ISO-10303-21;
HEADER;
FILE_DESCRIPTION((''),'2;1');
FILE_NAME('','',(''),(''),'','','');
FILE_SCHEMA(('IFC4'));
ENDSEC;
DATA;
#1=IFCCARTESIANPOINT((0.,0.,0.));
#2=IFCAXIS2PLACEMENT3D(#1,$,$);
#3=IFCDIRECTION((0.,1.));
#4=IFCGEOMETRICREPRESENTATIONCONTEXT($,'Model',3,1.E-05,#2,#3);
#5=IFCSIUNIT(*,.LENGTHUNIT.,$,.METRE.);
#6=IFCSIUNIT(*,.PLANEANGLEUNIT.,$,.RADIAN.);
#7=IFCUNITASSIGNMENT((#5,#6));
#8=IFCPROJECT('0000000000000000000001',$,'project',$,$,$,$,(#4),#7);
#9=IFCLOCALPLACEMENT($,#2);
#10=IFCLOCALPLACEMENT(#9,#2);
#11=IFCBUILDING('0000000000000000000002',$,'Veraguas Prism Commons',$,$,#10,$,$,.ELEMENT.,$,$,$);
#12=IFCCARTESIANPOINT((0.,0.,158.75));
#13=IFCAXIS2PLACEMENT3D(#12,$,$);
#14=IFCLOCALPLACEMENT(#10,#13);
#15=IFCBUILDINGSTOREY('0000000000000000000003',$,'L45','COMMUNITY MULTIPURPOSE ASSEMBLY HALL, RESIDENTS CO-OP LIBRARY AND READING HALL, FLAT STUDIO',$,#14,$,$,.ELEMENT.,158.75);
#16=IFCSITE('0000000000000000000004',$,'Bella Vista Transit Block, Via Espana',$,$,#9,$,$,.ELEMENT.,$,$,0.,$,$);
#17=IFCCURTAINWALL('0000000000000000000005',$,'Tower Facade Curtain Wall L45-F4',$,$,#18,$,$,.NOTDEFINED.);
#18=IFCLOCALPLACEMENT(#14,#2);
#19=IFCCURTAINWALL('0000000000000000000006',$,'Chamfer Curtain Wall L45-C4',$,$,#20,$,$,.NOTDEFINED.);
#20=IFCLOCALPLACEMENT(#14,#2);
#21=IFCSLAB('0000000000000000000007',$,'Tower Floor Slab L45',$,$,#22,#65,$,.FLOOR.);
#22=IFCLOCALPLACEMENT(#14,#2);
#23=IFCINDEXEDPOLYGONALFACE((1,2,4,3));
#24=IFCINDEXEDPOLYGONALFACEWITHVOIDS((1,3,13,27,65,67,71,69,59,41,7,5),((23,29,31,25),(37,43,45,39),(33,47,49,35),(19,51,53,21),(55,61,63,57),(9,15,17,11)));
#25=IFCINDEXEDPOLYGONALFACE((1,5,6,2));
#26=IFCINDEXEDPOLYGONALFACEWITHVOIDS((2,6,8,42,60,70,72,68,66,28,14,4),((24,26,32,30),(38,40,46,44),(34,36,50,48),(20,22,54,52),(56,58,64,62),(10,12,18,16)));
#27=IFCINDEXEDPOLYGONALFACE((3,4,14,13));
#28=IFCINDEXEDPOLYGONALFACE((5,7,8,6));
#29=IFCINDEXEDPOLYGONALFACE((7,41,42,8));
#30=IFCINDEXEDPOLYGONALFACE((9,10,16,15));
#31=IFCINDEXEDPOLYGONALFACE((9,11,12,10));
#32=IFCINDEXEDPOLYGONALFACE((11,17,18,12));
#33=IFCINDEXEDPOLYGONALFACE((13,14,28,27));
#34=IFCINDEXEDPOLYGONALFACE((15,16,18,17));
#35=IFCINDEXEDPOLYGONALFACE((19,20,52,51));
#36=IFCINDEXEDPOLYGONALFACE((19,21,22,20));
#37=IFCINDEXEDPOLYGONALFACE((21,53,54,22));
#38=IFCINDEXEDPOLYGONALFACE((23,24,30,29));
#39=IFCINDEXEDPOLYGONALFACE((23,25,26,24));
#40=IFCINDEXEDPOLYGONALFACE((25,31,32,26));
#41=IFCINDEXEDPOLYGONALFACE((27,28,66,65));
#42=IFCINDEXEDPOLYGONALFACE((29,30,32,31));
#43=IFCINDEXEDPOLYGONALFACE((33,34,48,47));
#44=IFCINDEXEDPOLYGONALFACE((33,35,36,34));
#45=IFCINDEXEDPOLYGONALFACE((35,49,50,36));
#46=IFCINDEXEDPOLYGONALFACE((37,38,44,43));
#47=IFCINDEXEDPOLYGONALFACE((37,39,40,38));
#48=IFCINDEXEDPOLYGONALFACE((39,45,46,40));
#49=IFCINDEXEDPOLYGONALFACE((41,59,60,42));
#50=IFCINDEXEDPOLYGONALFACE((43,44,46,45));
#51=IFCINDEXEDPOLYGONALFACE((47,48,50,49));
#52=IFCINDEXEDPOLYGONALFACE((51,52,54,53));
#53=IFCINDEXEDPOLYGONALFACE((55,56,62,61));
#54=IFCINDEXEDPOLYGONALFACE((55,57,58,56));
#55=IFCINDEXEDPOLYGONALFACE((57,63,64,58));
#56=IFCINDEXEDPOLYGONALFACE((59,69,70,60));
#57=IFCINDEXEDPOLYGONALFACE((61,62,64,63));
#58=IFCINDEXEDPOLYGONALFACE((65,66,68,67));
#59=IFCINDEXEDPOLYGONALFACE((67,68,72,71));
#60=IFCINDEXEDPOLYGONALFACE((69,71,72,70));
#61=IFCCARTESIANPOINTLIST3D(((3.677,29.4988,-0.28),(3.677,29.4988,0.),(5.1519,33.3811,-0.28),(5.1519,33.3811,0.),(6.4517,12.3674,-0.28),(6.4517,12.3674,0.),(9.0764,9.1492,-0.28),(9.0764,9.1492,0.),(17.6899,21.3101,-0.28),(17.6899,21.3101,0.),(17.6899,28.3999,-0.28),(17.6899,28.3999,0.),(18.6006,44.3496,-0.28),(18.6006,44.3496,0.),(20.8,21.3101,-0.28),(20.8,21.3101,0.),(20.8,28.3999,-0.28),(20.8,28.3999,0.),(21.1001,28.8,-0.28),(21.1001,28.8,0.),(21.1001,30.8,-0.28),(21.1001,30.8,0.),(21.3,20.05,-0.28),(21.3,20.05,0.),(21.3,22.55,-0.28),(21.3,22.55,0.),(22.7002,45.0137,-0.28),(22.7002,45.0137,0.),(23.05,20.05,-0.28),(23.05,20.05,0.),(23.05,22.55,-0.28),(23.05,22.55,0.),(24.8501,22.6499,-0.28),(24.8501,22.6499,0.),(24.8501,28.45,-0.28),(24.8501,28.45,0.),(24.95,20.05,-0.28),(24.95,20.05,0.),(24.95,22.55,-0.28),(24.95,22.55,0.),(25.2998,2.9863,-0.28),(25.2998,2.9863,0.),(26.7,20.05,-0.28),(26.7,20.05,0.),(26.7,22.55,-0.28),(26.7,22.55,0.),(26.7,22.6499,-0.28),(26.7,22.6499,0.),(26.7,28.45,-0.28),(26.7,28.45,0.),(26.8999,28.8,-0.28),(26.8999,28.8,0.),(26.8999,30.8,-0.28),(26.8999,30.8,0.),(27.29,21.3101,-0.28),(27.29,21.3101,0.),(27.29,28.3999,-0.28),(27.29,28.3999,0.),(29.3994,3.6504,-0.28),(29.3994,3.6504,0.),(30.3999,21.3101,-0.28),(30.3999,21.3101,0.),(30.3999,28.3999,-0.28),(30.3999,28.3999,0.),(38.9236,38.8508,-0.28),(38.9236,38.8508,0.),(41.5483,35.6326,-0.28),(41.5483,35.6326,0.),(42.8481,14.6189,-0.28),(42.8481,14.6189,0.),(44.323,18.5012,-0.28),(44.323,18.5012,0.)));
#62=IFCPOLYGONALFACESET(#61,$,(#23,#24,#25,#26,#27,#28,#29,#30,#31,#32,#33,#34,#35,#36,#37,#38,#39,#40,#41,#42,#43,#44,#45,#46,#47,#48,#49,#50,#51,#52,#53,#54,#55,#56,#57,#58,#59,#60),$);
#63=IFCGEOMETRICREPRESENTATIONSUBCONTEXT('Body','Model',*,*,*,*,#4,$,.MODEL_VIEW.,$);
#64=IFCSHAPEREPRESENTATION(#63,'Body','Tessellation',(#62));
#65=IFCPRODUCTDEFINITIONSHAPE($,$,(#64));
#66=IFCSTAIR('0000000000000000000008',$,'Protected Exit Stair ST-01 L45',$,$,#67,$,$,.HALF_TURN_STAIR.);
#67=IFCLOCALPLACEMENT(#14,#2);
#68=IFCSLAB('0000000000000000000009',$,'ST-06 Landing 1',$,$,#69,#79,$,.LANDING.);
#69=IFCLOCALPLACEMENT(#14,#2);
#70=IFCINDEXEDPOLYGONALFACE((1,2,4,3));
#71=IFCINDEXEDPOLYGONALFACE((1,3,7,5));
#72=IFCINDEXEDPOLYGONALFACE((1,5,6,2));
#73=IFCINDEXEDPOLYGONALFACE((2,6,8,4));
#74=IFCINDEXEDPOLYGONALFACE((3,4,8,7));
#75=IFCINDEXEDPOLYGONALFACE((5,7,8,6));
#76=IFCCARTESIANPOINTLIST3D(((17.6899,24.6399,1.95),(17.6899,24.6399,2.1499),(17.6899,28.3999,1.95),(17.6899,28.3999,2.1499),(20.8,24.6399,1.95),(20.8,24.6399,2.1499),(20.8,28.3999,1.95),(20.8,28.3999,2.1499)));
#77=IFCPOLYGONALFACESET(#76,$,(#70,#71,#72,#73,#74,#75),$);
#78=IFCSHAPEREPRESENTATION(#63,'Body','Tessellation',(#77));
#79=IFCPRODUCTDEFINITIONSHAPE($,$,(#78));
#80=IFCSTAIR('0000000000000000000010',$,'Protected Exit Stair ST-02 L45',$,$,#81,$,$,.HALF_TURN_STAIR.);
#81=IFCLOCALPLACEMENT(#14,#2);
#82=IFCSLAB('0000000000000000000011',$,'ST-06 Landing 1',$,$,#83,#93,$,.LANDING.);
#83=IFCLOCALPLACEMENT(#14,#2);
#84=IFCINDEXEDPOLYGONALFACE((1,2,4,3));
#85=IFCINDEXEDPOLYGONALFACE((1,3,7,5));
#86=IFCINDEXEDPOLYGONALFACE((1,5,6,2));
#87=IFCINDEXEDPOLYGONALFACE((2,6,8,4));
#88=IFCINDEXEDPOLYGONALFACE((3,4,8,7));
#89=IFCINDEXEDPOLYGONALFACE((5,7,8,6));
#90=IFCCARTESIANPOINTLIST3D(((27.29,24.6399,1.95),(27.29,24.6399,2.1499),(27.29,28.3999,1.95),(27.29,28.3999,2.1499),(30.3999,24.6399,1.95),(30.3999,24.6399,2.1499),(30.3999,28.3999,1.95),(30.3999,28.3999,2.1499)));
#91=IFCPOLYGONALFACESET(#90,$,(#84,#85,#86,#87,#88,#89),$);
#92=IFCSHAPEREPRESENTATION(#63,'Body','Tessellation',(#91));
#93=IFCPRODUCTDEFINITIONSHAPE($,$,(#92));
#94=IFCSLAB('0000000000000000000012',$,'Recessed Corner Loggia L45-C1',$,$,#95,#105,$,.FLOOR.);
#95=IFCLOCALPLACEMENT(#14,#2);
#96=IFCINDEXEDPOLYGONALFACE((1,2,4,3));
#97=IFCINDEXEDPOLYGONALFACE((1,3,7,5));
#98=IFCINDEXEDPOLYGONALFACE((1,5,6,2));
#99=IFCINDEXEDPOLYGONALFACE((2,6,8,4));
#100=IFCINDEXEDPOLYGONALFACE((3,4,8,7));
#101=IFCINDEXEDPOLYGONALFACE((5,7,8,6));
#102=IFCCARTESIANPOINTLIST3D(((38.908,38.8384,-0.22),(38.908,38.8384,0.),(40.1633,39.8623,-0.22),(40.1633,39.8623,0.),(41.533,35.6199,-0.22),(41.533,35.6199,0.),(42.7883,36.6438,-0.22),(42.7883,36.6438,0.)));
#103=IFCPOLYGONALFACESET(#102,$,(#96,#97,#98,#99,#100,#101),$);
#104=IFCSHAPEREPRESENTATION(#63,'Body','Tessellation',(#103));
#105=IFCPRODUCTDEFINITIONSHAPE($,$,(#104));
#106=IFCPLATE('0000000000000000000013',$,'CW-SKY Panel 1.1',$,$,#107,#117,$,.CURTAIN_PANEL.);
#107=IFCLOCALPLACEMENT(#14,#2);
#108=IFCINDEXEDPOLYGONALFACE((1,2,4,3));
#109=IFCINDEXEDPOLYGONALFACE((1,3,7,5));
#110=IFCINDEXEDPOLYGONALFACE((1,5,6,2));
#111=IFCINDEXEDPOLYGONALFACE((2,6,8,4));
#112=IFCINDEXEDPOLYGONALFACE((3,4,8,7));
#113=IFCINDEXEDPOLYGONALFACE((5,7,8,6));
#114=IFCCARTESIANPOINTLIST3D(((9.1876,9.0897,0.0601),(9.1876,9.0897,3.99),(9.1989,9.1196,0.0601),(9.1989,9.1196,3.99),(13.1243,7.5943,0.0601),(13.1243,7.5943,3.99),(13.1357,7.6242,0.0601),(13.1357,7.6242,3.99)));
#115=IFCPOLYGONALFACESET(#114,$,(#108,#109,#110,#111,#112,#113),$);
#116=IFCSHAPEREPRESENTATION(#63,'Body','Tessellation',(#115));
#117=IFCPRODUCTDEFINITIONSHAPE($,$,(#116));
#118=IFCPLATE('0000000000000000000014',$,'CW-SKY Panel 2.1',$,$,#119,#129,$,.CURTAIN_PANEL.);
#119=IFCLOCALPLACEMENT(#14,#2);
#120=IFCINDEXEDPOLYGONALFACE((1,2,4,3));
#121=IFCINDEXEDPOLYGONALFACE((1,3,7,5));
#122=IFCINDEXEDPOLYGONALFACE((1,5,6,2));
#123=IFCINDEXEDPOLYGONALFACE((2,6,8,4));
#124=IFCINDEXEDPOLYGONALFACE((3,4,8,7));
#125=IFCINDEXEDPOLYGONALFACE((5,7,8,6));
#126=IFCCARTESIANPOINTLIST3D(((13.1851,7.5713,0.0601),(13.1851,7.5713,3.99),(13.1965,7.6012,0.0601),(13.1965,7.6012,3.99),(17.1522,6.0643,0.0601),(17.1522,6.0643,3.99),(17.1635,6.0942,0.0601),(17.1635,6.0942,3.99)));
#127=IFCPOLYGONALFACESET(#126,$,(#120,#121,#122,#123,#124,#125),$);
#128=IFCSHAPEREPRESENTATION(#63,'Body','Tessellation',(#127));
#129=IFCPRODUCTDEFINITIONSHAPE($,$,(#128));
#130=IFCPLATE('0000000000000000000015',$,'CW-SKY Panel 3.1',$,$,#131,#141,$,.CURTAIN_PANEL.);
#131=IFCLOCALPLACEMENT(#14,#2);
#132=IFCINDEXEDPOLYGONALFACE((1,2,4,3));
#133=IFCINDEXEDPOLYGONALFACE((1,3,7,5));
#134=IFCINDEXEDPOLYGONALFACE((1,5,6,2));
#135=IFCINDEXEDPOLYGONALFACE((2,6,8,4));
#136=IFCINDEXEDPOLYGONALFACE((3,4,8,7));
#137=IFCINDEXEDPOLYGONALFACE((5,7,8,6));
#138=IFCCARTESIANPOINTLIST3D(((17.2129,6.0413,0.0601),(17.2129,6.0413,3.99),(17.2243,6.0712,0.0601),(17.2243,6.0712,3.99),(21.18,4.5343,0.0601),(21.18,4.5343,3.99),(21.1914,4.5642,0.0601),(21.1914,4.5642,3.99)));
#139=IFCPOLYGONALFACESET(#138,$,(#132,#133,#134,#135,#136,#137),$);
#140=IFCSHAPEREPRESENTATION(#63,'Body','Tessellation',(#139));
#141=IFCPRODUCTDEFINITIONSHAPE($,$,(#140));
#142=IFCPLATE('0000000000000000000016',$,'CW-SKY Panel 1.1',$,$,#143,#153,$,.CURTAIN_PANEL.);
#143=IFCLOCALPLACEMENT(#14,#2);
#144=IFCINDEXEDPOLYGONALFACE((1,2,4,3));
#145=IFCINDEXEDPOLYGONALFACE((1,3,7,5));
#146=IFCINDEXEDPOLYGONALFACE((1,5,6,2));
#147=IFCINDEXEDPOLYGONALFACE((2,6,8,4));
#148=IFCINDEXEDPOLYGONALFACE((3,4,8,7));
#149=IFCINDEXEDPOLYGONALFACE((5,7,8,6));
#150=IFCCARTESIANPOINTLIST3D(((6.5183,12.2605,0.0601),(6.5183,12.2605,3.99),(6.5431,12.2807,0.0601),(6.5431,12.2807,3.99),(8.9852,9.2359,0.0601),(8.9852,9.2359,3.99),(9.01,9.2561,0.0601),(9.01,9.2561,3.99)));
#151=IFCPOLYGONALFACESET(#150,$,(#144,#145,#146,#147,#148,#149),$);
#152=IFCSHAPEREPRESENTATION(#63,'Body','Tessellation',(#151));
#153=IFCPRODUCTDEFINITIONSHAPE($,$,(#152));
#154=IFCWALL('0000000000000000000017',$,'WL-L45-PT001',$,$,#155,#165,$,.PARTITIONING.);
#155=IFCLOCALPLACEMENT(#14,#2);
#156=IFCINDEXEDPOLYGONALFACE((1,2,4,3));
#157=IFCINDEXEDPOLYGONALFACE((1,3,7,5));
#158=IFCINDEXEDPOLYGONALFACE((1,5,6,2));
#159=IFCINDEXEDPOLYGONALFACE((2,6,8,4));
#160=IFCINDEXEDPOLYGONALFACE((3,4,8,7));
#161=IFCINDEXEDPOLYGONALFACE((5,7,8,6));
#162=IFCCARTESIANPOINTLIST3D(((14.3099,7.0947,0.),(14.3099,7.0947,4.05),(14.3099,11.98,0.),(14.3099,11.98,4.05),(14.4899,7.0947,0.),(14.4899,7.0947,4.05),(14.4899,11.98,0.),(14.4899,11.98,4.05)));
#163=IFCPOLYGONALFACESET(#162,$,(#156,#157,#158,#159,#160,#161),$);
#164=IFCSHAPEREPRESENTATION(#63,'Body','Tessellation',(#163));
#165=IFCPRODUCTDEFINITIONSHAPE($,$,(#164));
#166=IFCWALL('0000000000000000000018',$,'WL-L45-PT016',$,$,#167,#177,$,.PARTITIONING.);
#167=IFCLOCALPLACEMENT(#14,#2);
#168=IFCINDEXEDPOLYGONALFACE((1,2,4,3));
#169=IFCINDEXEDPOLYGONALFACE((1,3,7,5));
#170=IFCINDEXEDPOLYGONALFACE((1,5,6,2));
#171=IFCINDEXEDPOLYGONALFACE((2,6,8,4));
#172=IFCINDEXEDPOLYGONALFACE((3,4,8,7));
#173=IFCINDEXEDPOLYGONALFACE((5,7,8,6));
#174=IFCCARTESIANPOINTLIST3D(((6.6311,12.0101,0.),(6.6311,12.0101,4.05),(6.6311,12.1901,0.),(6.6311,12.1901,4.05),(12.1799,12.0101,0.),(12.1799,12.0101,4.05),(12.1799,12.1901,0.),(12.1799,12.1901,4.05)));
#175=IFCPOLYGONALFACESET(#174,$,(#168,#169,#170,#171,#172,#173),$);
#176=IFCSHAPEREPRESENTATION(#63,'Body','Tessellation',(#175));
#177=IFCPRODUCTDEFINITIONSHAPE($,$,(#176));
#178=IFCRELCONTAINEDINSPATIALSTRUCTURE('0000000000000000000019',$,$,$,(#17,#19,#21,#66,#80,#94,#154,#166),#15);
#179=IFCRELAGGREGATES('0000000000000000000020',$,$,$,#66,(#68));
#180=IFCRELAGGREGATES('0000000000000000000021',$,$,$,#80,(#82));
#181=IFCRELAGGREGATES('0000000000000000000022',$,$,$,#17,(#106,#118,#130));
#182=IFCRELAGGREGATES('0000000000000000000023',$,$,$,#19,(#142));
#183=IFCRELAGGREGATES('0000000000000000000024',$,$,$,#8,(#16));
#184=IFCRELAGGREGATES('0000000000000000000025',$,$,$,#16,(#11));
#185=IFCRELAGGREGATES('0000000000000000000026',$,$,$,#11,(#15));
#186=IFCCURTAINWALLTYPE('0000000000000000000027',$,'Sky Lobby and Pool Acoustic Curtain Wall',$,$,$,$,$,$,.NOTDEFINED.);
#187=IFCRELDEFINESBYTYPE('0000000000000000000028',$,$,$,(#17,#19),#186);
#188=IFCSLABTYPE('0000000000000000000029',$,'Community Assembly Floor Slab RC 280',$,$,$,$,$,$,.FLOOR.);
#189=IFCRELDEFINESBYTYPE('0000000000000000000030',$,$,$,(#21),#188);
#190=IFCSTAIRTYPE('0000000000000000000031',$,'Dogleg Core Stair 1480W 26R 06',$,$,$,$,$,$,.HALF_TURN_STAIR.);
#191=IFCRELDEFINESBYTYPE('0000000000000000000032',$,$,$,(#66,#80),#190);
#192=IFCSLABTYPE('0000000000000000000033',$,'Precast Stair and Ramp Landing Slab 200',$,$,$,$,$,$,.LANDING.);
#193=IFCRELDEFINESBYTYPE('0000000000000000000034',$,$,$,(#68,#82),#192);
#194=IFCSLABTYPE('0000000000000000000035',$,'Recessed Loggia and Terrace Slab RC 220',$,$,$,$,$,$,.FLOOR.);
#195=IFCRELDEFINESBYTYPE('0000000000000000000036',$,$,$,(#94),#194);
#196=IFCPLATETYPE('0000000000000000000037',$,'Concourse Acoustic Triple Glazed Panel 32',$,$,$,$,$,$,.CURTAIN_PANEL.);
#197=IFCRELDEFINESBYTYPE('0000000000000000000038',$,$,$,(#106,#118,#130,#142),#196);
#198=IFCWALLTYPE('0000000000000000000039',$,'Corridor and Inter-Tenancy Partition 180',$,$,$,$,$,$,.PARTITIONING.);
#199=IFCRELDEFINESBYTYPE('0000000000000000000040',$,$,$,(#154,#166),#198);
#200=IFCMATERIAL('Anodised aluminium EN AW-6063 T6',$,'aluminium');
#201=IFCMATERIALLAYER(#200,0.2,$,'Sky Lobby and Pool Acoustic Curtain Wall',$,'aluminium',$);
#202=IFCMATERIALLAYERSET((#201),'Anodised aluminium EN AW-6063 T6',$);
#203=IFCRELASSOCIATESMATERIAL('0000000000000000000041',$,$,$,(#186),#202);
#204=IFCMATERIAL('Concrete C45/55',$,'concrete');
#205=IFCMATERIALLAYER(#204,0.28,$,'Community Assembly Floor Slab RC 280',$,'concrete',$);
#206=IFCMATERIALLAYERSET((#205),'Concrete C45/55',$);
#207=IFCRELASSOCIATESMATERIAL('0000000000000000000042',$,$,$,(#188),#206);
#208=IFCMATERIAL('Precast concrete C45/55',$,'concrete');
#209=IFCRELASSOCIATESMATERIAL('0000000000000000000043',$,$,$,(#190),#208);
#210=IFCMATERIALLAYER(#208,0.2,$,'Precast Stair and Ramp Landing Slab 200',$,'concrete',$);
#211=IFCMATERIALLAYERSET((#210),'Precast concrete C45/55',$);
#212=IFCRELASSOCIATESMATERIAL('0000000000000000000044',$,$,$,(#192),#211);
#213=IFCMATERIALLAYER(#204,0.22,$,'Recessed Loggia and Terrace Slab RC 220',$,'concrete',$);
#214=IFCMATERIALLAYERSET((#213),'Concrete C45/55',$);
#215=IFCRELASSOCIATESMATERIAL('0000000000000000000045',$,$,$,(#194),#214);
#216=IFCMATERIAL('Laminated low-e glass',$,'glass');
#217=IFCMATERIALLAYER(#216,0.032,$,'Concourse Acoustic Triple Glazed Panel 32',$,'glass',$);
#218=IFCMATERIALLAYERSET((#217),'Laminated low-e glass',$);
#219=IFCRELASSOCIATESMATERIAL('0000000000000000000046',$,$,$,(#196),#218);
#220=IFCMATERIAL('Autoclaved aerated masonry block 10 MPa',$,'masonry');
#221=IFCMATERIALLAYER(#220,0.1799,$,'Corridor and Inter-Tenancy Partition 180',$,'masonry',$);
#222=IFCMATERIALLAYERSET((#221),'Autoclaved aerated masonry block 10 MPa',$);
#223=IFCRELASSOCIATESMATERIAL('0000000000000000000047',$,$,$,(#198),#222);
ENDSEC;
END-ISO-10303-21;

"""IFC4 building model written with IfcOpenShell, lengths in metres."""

from ifc_helpers import new_model, si_unit, direction, frame, frame_2d, origin, origin_2d, place, context, subcontext, project, spatial, polyline, rectangle, outline, extrude, source, transform, mapped, material, layer, layer_set, type_object, element, aggregate, save


model = new_model("IFC4")

# Units and contexts
model_context = context("Model", 3, precision=1e-05, world=origin(), true_north=direction((0.0, 1.0)))
body_context = subcontext(model_context, "Body", "Model", "MODEL_VIEW")
ifc_project = project(units=[si_unit("LENGTHUNIT", "METRE"), si_unit("PLANEANGLEUNIT", "RADIAN")], contexts=[model_context])

# Site, building, storey
site_placement = place(None, origin())
site = spatial("IfcSite", under=ifc_project, at=site_placement, Name="Bella Vista Transit Block, Via Espana", CompositionType="ELEMENT", RefElevation=0.0)
building_placement = place(site_placement, origin())
building = spatial("IfcBuilding", under=site, at=building_placement, Name="Veraguas Prism Commons", CompositionType="ELEMENT")
storey_placement = place(building_placement, frame((0.0, 0.0, 158.75)))
storey = spatial("IfcBuildingStorey", under=building, at=storey_placement, Name="L45", Description="COMMUNITY MULTIPURPOSE ASSEMBLY HALL, RESIDENTS CO-OP LIBRARY AND READING HALL, FLAT STUDIO", CompositionType="ELEMENT", Elevation=158.75)

# Curtain wall
ifc_material_1 = material(Name="Anodised aluminium EN AW-6063 T6", Category="aluminium")
ifc_layer_1 = layer(ifc_material_1, 0.2, Name="Sky Lobby and Pool Acoustic Curtain Wall", Category="aluminium")
ifc_layer_set_1 = layer_set([ifc_layer_1], Name="Anodised aluminium EN AW-6063 T6")
curtain_wall_type = type_object("IfcCurtainWallType", Name="Sky Lobby and Pool Acoustic Curtain Wall", PredefinedType="NOTDEFINED", material=ifc_layer_set_1)
curtain_wall_1_placement = place(storey_placement, origin())
curtain_wall_1 = element("IfcCurtainWall", 1, at=curtain_wall_1_placement, inside=storey, type_object=curtain_wall_type, Name="Tower Facade Curtain Wall L45-F4", PredefinedType="NOTDEFINED")

# Curtain wall
curtain_wall_2_placement = place(storey_placement, origin())
curtain_wall_2 = element("IfcCurtainWall", 2, at=curtain_wall_2_placement, inside=storey, type_object=curtain_wall_type, Name="Chamfer Curtain Wall L45-C4", PredefinedType="NOTDEFINED")

# Slab
ifc_material_2 = material(Name="Concrete C45/55", Category="concrete")
ifc_layer_2 = layer(ifc_material_2, 0.28, Name="Community Assembly Floor Slab RC 280", Category="concrete")
ifc_layer_set_2 = layer_set([ifc_layer_2], Name="Concrete C45/55")
slab_type_1 = type_object("IfcSlabType", Name="Community Assembly Floor Slab RC 280", PredefinedType="FLOOR", material=ifc_layer_set_2)
slab_1_placement = place(storey_placement, frame((0.0, 0.0, -0.28)))
element("IfcSlab", 3, at=slab_1_placement, inside=storey, type_object=slab_type_1, Name="Tower Floor Slab L45", PredefinedType="FLOOR", context=body_context, shape_type="SweptSolid", body=[
    extrude(outline(polyline([(41.5483, 35.6326), (38.9236, 38.8508), (22.7002, 45.0137), (18.6006, 44.3496), (5.1519, 33.3811), (3.677, 29.4988), (6.4517, 12.3674), (9.0764, 9.1492), (25.2998, 2.9863), (29.3994, 3.6504), (42.8481, 14.6189), (44.323, 18.5012), (41.5483, 35.6326)]), holes=[polyline([(20.8, 21.3101), (20.8, 28.3999), (17.6899, 28.3999), (17.6899, 21.3101), (20.8, 21.3101)]), polyline([(30.3999, 21.3101), (30.3999, 28.3999), (27.29, 28.3999), (27.29, 21.3101), (30.3999, 21.3101)]), polyline([(24.8501, 22.6499), (26.7, 22.6499), (26.7, 28.45), (24.8501, 28.45), (24.8501, 22.6499)]), polyline([(21.1001, 28.8), (26.8999, 28.8), (26.8999, 30.8), (21.1001, 30.8), (21.1001, 28.8)]), polyline([(21.3, 20.05), (23.05, 20.05), (23.05, 22.55), (21.3, 22.55), (21.3, 20.05)]), polyline([(24.95, 20.05), (26.7, 20.05), (26.7, 22.55), (24.95, 22.55), (24.95, 20.05)])]), origin(), (0.0, 0.0, 1.0), 0.28),
])

# Stairs, slabs
ifc_material_3 = material(Name="Precast concrete C45/55", Category="concrete")
stair_type = type_object("IfcStairType", Name="Dogleg Core Stair 1480W 26R 06", PredefinedType="HALF_TURN_STAIR", material=ifc_material_3)
stair_1_placement = place(storey_placement, origin())
stair_1 = element("IfcStair", 4, at=stair_1_placement, inside=storey, type_object=stair_type, Name="Protected Exit Stair ST-01 L45", PredefinedType="HALF_TURN_STAIR")
ifc_layer_3 = layer(ifc_material_3, 0.2, Name="Precast Stair and Ramp Landing Slab 200", Category="concrete")
ifc_layer_set_3 = layer_set([ifc_layer_3], Name="Precast concrete C45/55")
slab_type_2 = type_object("IfcSlabType", Name="Precast Stair and Ramp Landing Slab 200", PredefinedType="LANDING", material=ifc_layer_set_3)
slab_2_placement = place(storey_placement, frame((0.0, 0.0, 1.95)))
slab_2 = element("IfcSlab", 5, at=slab_2_placement, type_object=slab_type_2, Name="ST-06 Landing 1", PredefinedType="LANDING", context=body_context, shape_type="SweptSolid", body=[
    extrude(outline(polyline([(20.8, 24.6399), (20.8, 28.3999), (17.6899, 28.3999), (17.6899, 24.6399), (20.8, 24.6399)])), origin(), (0.0, 0.0, 1.0), 0.2),
])
aggregate(stair_1, [slab_2])
stair_2_placement = place(storey_placement, origin())
stair_2 = element("IfcStair", 6, at=stair_2_placement, inside=storey, type_object=stair_type, Name="Protected Exit Stair ST-02 L45", PredefinedType="HALF_TURN_STAIR")
slab_3_placement = place(storey_placement, frame((0.0, 0.0, 1.95)))
slab_3 = element("IfcSlab", 7, at=slab_3_placement, type_object=slab_type_2, Name="ST-06 Landing 1", PredefinedType="LANDING", context=body_context, shape_type="SweptSolid", body=[
    extrude(outline(polyline([(30.3999, 24.6399), (30.3999, 28.3999), (27.29, 28.3999), (27.29, 24.6399), (30.3999, 24.6399)])), origin(), (0.0, 0.0, 1.0), 0.2),
])
aggregate(stair_2, [slab_3])

# Slab
ifc_layer_4 = layer(ifc_material_2, 0.22, Name="Recessed Loggia and Terrace Slab RC 220", Category="concrete")
ifc_layer_set_4 = layer_set([ifc_layer_4], Name="Concrete C45/55")
slab_type_3 = type_object("IfcSlabType", Name="Recessed Loggia and Terrace Slab RC 220", PredefinedType="FLOOR", material=ifc_layer_set_4)
slab_4_placement = place(storey_placement, frame((0.0, 0.0, -0.22)))
element("IfcSlab", 8, at=slab_4_placement, inside=storey, type_object=slab_type_3, Name="Recessed Corner Loggia L45-C1", PredefinedType="FLOOR", context=body_context, shape_type="SweptSolid", body=[
    extrude(outline(polyline([(41.533, 35.6199), (42.7883, 36.6438), (40.1633, 39.8623), (38.908, 38.8384), (41.533, 35.6199)])), origin(), (0.0, 0.0, 1.0), 0.22),
])

# Plates
ifc_material_4 = material(Name="Laminated low-e glass", Category="glass")
ifc_layer_5 = layer(ifc_material_4, 0.032, Name="Concourse Acoustic Triple Glazed Panel 32", Category="glass")
ifc_layer_set_5 = layer_set([ifc_layer_5], Name="Laminated low-e glass")
plate_type = type_object("IfcPlateType", Name="Concourse Acoustic Triple Glazed Panel 32", PredefinedType="CURTAIN_PANEL", material=ifc_layer_set_5)
shared_shape_1 = source(origin(), body_context, "Body", "SweptSolid", [
    extrude(rectangle(XDim=4.2112, YDim=0.032, at=origin_2d()), origin(), (0.0, 0.0, 1.0), 3.9299),
])
plate_1_placement = place(storey_placement, frame((11.1616, 8.3569, 0.0601), z_axis=(0.0, 0.0, 1.0), x_axis=(0.934824, -0.35511, 0.0)))
plate_1 = element("IfcPlate", 9, at=plate_1_placement, type_object=plate_type, Name="CW-SKY Panel 1.1", PredefinedType="CURTAIN_PANEL", context=body_context, shape_type="MappedRepresentation", body=[
    mapped(shared_shape_1, transform((0.0, 0.0, 0.0), scale=1.0)),
])
shared_shape_2 = source(origin(), body_context, "Body", "SweptSolid", [
    extrude(rectangle(XDim=4.2437, YDim=0.032, at=origin_2d()), origin(), (0.0, 0.0, 1.0), 3.9299),
])
plate_2_placement = place(storey_placement, frame((15.1743, 6.8328, 0.0601), z_axis=(0.0, 0.0, 1.0), x_axis=(0.934824, -0.35511, 0.0)))
plate_2 = element("IfcPlate", 10, at=plate_2_placement, type_object=plate_type, Name="CW-SKY Panel 2.1", PredefinedType="CURTAIN_PANEL", context=body_context, shape_type="MappedRepresentation", body=[
    mapped(shared_shape_2, transform((0.0, 0.0, 0.0), scale=1.0)),
])
plate_3_placement = place(storey_placement, frame((19.2021, 5.3027, 0.0601), z_axis=(0.0, 0.0, 1.0), x_axis=(0.934824, -0.35511, 0.0)))
plate_3 = element("IfcPlate", 11, at=plate_3_placement, type_object=plate_type, Name="CW-SKY Panel 3.1", PredefinedType="CURTAIN_PANEL", context=body_context, shape_type="MappedRepresentation", body=[
    mapped(shared_shape_2, transform((0.0, 0.0, 0.0), scale=1.0)),
])
aggregate(curtain_wall_1, [plate_1, plate_2, plate_3])
shared_shape_3 = source(origin(), body_context, "Body", "SweptSolid", [
    extrude(rectangle(XDim=3.9031, YDim=0.032, at=origin_2d()), origin(), (0.0, 0.0, 1.0), 3.9299),
])
plate_4_placement = place(storey_placement, frame((7.7642, 10.7583, 0.0601), z_axis=(0.0, 0.0, 1.0), x_axis=(0.632041, -0.774935, 0.0)))
plate_4 = element("IfcPlate", 12, at=plate_4_placement, type_object=plate_type, Name="CW-SKY Panel 1.1", PredefinedType="CURTAIN_PANEL", context=body_context, shape_type="MappedRepresentation", body=[
    mapped(shared_shape_3, transform((0.0, 0.0, 0.0), scale=1.0)),
])
aggregate(curtain_wall_2, [plate_4])

# Walls
ifc_material_5 = material(Name="Autoclaved aerated masonry block 10 MPa", Category="masonry")
ifc_layer_6 = layer(ifc_material_5, 0.1799, Name="Corridor and Inter-Tenancy Partition 180", Category="masonry")
ifc_layer_set_6 = layer_set([ifc_layer_6], Name="Autoclaved aerated masonry block 10 MPa")
wall_type = type_object("IfcWallType", Name="Corridor and Inter-Tenancy Partition 180", PredefinedType="PARTITIONING", material=ifc_layer_set_6)
wall_1_placement = place(storey_placement, frame((14.3999, 11.98, 0.0), z_axis=(0.0, 0.0, 1.0), x_axis=(0.0, -1.0, 0.0)))
element("IfcWall", 13, at=wall_1_placement, inside=storey, type_object=wall_type, Name="WL-L45-PT001", PredefinedType="PARTITIONING", context=body_context, shape_type="SweptSolid", body=[
    extrude(rectangle(XDim=4.8853, YDim=0.1799, at=frame_2d((2.4426, 0.0))), origin(), (0.0, 0.0, 1.0), 4.05),
])
wall_2_placement = place(storey_placement, frame((12.1799, 12.1001, 0.0), z_axis=(0.0, 0.0, 1.0), x_axis=(-1.0, 0.0, 0.0)))
element("IfcWall", 14, at=wall_2_placement, inside=storey, type_object=wall_type, Name="WL-L45-PT016", PredefinedType="PARTITIONING", context=body_context, shape_type="SweptSolid", body=[
    extrude(rectangle(XDim=5.5488, YDim=0.1799, at=frame_2d((2.7744, 0.0))), origin(), (0.0, 0.0, 1.0), 4.05),
])

save(model, "model.ifc")
